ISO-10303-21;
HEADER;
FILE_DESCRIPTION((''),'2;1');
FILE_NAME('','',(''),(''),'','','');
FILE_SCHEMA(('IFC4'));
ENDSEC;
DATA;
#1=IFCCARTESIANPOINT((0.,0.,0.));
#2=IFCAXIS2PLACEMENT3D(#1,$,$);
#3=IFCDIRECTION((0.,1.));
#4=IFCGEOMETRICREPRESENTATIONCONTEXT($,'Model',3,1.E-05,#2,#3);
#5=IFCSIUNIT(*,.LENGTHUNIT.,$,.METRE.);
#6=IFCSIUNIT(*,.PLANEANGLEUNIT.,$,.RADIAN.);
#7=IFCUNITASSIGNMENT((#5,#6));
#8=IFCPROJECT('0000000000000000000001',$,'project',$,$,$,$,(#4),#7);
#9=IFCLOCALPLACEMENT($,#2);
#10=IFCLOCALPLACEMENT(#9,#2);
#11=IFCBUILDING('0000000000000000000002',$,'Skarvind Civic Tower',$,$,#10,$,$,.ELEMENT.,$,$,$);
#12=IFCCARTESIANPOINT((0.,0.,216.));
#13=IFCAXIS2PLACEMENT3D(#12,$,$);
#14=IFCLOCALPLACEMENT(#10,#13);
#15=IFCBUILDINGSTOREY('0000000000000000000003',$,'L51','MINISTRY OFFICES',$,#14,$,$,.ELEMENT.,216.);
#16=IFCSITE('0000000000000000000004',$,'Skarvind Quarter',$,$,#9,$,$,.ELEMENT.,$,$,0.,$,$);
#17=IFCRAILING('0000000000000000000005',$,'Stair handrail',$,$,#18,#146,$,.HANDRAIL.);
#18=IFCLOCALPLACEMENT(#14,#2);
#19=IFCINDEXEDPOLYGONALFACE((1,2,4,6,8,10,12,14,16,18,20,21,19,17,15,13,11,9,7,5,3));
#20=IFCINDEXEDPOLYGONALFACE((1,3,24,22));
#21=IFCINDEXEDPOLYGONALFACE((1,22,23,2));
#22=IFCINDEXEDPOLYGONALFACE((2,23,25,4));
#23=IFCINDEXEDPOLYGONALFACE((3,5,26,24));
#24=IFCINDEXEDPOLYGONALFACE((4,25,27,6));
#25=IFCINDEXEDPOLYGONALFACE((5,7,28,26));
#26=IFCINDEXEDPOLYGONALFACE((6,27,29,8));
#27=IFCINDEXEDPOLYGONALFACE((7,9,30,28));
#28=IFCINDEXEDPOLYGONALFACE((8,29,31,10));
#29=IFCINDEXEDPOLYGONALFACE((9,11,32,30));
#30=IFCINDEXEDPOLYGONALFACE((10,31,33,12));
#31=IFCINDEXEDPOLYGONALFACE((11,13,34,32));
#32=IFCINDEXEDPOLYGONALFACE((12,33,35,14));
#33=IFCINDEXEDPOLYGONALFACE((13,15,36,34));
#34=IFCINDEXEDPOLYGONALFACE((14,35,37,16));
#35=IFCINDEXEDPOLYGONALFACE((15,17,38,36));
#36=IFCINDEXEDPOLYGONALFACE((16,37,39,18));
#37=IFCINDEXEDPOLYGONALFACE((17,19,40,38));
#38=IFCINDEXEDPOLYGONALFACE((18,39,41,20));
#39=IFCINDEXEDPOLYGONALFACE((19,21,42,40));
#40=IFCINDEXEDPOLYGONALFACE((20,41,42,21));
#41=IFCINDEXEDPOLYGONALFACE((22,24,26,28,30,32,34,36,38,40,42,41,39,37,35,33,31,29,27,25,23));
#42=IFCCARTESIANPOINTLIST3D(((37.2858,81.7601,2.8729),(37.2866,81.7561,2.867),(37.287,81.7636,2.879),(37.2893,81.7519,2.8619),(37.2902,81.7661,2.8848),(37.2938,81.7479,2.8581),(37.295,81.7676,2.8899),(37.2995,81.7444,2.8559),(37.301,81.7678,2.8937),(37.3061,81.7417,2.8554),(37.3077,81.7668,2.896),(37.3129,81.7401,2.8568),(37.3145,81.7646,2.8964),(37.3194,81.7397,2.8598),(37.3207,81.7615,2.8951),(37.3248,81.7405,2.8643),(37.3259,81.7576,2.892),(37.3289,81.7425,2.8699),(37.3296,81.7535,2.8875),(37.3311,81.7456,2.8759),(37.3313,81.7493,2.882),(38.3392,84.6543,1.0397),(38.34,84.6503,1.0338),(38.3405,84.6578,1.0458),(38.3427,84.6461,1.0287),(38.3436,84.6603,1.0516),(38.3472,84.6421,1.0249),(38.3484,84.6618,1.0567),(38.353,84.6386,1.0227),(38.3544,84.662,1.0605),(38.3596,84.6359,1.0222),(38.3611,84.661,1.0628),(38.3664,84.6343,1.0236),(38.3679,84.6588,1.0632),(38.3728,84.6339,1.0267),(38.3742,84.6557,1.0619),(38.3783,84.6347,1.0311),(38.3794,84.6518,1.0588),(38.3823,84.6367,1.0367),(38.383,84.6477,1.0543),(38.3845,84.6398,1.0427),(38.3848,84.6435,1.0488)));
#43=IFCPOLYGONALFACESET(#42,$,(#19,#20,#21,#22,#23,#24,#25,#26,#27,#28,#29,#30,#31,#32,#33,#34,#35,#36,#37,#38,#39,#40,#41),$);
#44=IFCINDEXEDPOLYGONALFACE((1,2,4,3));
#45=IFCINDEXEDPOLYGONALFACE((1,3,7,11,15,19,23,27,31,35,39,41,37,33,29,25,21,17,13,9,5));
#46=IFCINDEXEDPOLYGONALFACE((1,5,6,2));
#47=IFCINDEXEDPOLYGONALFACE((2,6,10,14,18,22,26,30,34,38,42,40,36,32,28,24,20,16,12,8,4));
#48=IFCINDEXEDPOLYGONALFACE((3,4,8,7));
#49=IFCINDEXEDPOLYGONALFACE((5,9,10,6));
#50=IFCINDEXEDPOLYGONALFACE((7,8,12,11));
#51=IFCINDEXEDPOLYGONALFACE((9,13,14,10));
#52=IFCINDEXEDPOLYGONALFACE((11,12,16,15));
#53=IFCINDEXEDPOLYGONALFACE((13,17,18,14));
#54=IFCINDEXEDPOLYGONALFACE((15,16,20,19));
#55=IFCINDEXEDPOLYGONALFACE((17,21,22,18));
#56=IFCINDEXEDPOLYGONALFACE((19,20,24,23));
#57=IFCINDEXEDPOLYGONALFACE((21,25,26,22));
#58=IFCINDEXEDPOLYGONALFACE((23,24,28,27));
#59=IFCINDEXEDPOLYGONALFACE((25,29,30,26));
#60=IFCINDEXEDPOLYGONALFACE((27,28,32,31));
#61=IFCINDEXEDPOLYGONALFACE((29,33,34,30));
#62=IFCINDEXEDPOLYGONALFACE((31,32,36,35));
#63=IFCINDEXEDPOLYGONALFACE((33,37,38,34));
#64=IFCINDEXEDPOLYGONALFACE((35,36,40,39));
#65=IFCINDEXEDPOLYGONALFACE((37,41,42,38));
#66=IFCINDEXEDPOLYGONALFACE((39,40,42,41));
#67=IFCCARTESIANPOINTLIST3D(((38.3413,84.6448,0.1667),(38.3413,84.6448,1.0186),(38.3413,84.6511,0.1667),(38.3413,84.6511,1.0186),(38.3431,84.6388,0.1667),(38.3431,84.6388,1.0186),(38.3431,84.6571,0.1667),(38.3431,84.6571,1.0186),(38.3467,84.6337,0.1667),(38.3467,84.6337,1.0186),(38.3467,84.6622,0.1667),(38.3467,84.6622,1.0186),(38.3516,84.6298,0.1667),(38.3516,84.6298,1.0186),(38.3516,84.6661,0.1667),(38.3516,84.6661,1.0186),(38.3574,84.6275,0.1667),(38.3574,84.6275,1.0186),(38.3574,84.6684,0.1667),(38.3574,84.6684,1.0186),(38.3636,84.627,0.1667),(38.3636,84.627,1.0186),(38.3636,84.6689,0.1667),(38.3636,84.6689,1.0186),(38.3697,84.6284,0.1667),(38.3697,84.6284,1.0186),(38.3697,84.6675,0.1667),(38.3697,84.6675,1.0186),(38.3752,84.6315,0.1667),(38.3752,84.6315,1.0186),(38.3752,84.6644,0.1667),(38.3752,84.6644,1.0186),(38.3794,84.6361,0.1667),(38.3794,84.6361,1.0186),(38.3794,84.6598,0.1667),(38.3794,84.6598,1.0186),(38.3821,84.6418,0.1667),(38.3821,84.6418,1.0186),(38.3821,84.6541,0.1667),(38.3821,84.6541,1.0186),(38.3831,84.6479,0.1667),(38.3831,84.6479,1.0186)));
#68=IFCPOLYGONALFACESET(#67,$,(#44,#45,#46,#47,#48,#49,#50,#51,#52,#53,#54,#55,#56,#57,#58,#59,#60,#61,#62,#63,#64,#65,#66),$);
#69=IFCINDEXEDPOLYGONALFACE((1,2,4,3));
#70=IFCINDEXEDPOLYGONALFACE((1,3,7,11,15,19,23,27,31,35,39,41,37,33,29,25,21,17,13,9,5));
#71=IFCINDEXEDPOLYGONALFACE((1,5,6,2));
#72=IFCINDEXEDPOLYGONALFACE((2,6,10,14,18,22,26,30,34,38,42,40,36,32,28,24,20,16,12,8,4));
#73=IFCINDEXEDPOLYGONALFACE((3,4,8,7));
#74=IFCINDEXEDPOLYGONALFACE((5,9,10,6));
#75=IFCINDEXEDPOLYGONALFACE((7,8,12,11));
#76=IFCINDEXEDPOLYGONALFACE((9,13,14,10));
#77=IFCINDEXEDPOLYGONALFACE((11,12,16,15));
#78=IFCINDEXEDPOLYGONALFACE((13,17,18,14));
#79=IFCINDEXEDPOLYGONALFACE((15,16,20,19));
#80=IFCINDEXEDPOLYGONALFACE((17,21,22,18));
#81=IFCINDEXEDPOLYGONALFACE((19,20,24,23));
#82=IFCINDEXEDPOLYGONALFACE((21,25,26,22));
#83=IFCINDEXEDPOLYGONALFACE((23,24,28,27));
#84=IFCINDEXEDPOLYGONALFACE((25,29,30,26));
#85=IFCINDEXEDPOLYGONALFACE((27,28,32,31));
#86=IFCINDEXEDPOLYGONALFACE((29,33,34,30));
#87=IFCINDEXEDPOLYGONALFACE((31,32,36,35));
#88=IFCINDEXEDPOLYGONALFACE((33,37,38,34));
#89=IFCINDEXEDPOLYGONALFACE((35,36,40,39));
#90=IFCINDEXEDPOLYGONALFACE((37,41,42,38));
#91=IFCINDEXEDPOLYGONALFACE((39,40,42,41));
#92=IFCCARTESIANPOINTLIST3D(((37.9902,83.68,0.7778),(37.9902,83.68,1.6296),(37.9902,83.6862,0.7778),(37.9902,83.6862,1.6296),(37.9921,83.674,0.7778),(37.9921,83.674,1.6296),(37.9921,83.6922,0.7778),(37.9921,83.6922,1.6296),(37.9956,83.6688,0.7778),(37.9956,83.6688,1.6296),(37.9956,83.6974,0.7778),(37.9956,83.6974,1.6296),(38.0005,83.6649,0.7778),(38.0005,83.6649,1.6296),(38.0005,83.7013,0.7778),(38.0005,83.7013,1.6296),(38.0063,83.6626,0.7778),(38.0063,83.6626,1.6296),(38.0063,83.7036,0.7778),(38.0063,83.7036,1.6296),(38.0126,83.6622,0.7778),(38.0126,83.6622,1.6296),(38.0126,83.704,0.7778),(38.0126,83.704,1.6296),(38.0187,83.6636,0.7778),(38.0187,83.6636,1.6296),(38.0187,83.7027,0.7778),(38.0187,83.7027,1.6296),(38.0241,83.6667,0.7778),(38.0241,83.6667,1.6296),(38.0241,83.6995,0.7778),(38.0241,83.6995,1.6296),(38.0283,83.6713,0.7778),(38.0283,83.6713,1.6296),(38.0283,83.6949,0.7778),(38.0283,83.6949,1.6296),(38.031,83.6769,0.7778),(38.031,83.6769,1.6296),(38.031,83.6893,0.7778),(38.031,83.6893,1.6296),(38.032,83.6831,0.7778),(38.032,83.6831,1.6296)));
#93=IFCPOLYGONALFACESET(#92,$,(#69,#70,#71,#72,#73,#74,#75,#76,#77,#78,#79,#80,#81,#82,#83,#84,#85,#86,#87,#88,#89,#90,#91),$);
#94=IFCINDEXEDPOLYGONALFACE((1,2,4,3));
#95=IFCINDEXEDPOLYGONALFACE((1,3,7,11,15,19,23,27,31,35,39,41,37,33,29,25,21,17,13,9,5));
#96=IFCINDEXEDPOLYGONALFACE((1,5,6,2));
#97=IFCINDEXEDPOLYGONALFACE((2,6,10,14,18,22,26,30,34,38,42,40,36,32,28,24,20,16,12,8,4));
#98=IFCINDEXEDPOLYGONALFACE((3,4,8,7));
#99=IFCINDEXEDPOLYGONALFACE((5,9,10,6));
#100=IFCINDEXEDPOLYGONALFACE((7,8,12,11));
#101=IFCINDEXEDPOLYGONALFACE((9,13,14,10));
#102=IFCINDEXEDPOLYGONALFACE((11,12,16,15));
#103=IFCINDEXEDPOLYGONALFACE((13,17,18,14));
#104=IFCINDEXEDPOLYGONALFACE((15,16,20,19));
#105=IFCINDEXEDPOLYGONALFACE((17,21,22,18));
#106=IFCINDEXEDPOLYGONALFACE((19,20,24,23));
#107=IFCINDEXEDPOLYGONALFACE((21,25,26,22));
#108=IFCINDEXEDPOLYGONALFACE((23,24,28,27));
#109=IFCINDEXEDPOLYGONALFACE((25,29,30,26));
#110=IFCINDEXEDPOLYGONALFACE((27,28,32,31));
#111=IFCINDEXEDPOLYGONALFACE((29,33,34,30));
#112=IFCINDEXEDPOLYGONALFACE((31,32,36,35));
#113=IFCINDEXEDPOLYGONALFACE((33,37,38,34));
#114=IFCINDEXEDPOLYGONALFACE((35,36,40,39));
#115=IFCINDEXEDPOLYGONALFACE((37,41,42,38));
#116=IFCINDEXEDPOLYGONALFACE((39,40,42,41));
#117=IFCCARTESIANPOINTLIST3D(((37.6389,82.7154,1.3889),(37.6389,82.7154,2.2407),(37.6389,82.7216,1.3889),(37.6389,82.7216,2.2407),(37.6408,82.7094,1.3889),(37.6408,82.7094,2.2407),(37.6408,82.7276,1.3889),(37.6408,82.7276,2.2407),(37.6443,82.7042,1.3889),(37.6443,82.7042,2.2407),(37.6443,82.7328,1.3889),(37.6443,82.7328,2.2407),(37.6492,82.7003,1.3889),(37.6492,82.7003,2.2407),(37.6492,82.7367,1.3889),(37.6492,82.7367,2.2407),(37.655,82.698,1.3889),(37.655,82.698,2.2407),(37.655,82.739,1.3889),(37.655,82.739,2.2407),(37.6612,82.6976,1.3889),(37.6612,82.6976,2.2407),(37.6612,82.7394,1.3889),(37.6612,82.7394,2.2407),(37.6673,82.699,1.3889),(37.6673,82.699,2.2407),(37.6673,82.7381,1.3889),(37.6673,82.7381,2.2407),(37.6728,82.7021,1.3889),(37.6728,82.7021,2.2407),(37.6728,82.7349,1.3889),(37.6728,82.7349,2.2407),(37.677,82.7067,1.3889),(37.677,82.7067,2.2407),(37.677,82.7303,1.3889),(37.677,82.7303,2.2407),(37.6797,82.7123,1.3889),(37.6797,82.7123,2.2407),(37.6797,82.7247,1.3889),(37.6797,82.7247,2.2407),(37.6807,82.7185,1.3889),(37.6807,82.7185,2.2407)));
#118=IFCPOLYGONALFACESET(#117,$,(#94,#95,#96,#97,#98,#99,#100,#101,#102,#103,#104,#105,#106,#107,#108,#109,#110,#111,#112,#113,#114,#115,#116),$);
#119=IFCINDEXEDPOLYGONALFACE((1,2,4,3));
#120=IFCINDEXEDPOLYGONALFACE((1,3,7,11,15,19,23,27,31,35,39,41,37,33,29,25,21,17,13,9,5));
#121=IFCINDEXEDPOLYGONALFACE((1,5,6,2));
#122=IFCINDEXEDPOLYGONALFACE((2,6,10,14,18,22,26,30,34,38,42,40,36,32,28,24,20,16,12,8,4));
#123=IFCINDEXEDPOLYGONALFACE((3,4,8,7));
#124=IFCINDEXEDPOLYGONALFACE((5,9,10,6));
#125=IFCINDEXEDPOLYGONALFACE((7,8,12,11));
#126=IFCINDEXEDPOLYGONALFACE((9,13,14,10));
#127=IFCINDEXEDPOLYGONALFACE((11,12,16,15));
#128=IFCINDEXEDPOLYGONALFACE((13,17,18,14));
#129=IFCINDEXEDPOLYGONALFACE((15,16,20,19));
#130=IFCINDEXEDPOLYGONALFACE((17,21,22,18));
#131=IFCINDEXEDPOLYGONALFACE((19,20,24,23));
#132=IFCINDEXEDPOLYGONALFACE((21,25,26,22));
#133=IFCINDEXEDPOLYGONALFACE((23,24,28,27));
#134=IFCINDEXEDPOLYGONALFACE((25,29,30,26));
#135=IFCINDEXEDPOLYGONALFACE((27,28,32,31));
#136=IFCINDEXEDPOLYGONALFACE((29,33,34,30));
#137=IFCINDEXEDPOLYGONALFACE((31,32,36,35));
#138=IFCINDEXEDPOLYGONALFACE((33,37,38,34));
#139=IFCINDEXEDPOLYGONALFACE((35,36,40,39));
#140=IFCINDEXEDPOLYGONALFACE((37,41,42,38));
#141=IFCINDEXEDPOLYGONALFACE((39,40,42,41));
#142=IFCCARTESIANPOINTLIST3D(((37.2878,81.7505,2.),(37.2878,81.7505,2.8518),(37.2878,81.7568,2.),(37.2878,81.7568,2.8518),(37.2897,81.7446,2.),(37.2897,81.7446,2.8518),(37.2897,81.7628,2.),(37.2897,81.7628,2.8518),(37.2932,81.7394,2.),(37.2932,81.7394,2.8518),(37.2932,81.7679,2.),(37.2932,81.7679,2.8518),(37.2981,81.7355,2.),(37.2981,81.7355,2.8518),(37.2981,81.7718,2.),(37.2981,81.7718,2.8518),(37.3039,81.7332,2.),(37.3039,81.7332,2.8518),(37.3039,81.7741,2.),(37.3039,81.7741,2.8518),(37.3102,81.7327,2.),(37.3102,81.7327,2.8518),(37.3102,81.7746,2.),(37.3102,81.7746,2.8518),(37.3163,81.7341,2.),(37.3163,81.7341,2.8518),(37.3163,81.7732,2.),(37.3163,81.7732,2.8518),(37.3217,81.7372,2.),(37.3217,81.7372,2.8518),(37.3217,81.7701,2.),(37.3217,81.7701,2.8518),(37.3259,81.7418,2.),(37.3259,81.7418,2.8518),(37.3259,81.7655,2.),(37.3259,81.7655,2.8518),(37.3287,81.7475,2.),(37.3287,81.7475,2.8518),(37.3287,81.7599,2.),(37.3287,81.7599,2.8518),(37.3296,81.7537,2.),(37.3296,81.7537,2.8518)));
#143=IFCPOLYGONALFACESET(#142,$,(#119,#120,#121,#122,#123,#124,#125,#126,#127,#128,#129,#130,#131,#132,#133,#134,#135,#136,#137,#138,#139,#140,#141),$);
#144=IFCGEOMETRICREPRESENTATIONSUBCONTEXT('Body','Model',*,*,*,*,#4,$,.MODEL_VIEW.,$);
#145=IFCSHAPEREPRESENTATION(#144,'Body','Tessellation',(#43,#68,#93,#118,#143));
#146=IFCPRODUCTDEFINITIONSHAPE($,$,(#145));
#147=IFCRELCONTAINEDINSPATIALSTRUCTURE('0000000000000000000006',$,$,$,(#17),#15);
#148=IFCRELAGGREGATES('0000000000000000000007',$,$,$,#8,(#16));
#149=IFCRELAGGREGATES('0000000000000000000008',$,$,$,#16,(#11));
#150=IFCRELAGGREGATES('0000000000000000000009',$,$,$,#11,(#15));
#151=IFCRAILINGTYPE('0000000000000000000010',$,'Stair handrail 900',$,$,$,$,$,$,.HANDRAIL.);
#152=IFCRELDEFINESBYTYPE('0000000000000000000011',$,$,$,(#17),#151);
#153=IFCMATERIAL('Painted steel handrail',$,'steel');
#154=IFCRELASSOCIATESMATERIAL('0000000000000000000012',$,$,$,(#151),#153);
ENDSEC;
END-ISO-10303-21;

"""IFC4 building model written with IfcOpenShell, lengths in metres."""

from ifc_helpers import new_model, si_unit, direction, frame, origin, origin_2d, place, context, subcontext, project, spatial, circle, extrude, material, type_object, element, save


model = new_model("IFC4")

# Units and contexts
model_context = context("Model", 3, precision=1e-05, world=origin(), true_north=direction((0.0, 1.0)))
body_context = subcontext(model_context, "Body", "Model", "MODEL_VIEW")
ifc_project = project(units=[si_unit("LENGTHUNIT", "METRE"), si_unit("PLANEANGLEUNIT", "RADIAN")], contexts=[model_context])

# Site, building, storey
site_placement = place(None, origin())
site = spatial("IfcSite", under=ifc_project, at=site_placement, Name="Skarvind Quarter", CompositionType="ELEMENT", RefElevation=0.0)
building_placement = place(site_placement, origin())
building = spatial("IfcBuilding", under=site, at=building_placement, Name="Skarvind Civic Tower", CompositionType="ELEMENT")
storey_placement = place(building_placement, frame((0.0, 0.0, 216.0)))
storey = spatial("IfcBuildingStorey", under=building, at=storey_placement, Name="L51", Description="MINISTRY OFFICES", CompositionType="ELEMENT", Elevation=216.0)

# Railing
ifc_material_1 = material(Name="Painted steel handrail", Category="steel")
railing_type = type_object("IfcRailingType", Name="Stair handrail 900", PredefinedType="HANDRAIL", material=ifc_material_1)
railing_1_placement = place(storey_placement, frame((38.3621, 84.6479, 0.1667)))
element("IfcRailing", 1, at=railing_1_placement, inside=storey, type_object=railing_type, Name="Stair handrail", PredefinedType="HANDRAIL", context=body_context, shape_type="SweptSolid", body=[
    extrude(circle(Radius=0.0239, at=origin_2d()), frame((0.0, 0.0, 0.876), z_axis=(-0.293908, -0.807481, 0.511461), x_axis=(0.939689, -0.342029, 0.0)), (0.0, 0.0, 1.0), 3.5842),
    extrude(circle(Radius=0.021, at=origin_2d()), origin(), (0.0, 0.0, 1.0), 0.8518),
    extrude(circle(Radius=0.021, at=origin_2d()), frame((-0.3511, -0.9648, 0.6111)), (0.0, 0.0, 1.0), 0.8518),
    extrude(circle(Radius=0.021, at=origin_2d()), frame((-0.7024, -1.9294, 1.2222)), (0.0, 0.0, 1.0), 0.8518),
    extrude(circle(Radius=0.021, at=origin_2d()), frame((-1.0535, -2.8943, 1.8333)), (0.0, 0.0, 1.0), 0.8518),
])

save(model, "model.ifc")
